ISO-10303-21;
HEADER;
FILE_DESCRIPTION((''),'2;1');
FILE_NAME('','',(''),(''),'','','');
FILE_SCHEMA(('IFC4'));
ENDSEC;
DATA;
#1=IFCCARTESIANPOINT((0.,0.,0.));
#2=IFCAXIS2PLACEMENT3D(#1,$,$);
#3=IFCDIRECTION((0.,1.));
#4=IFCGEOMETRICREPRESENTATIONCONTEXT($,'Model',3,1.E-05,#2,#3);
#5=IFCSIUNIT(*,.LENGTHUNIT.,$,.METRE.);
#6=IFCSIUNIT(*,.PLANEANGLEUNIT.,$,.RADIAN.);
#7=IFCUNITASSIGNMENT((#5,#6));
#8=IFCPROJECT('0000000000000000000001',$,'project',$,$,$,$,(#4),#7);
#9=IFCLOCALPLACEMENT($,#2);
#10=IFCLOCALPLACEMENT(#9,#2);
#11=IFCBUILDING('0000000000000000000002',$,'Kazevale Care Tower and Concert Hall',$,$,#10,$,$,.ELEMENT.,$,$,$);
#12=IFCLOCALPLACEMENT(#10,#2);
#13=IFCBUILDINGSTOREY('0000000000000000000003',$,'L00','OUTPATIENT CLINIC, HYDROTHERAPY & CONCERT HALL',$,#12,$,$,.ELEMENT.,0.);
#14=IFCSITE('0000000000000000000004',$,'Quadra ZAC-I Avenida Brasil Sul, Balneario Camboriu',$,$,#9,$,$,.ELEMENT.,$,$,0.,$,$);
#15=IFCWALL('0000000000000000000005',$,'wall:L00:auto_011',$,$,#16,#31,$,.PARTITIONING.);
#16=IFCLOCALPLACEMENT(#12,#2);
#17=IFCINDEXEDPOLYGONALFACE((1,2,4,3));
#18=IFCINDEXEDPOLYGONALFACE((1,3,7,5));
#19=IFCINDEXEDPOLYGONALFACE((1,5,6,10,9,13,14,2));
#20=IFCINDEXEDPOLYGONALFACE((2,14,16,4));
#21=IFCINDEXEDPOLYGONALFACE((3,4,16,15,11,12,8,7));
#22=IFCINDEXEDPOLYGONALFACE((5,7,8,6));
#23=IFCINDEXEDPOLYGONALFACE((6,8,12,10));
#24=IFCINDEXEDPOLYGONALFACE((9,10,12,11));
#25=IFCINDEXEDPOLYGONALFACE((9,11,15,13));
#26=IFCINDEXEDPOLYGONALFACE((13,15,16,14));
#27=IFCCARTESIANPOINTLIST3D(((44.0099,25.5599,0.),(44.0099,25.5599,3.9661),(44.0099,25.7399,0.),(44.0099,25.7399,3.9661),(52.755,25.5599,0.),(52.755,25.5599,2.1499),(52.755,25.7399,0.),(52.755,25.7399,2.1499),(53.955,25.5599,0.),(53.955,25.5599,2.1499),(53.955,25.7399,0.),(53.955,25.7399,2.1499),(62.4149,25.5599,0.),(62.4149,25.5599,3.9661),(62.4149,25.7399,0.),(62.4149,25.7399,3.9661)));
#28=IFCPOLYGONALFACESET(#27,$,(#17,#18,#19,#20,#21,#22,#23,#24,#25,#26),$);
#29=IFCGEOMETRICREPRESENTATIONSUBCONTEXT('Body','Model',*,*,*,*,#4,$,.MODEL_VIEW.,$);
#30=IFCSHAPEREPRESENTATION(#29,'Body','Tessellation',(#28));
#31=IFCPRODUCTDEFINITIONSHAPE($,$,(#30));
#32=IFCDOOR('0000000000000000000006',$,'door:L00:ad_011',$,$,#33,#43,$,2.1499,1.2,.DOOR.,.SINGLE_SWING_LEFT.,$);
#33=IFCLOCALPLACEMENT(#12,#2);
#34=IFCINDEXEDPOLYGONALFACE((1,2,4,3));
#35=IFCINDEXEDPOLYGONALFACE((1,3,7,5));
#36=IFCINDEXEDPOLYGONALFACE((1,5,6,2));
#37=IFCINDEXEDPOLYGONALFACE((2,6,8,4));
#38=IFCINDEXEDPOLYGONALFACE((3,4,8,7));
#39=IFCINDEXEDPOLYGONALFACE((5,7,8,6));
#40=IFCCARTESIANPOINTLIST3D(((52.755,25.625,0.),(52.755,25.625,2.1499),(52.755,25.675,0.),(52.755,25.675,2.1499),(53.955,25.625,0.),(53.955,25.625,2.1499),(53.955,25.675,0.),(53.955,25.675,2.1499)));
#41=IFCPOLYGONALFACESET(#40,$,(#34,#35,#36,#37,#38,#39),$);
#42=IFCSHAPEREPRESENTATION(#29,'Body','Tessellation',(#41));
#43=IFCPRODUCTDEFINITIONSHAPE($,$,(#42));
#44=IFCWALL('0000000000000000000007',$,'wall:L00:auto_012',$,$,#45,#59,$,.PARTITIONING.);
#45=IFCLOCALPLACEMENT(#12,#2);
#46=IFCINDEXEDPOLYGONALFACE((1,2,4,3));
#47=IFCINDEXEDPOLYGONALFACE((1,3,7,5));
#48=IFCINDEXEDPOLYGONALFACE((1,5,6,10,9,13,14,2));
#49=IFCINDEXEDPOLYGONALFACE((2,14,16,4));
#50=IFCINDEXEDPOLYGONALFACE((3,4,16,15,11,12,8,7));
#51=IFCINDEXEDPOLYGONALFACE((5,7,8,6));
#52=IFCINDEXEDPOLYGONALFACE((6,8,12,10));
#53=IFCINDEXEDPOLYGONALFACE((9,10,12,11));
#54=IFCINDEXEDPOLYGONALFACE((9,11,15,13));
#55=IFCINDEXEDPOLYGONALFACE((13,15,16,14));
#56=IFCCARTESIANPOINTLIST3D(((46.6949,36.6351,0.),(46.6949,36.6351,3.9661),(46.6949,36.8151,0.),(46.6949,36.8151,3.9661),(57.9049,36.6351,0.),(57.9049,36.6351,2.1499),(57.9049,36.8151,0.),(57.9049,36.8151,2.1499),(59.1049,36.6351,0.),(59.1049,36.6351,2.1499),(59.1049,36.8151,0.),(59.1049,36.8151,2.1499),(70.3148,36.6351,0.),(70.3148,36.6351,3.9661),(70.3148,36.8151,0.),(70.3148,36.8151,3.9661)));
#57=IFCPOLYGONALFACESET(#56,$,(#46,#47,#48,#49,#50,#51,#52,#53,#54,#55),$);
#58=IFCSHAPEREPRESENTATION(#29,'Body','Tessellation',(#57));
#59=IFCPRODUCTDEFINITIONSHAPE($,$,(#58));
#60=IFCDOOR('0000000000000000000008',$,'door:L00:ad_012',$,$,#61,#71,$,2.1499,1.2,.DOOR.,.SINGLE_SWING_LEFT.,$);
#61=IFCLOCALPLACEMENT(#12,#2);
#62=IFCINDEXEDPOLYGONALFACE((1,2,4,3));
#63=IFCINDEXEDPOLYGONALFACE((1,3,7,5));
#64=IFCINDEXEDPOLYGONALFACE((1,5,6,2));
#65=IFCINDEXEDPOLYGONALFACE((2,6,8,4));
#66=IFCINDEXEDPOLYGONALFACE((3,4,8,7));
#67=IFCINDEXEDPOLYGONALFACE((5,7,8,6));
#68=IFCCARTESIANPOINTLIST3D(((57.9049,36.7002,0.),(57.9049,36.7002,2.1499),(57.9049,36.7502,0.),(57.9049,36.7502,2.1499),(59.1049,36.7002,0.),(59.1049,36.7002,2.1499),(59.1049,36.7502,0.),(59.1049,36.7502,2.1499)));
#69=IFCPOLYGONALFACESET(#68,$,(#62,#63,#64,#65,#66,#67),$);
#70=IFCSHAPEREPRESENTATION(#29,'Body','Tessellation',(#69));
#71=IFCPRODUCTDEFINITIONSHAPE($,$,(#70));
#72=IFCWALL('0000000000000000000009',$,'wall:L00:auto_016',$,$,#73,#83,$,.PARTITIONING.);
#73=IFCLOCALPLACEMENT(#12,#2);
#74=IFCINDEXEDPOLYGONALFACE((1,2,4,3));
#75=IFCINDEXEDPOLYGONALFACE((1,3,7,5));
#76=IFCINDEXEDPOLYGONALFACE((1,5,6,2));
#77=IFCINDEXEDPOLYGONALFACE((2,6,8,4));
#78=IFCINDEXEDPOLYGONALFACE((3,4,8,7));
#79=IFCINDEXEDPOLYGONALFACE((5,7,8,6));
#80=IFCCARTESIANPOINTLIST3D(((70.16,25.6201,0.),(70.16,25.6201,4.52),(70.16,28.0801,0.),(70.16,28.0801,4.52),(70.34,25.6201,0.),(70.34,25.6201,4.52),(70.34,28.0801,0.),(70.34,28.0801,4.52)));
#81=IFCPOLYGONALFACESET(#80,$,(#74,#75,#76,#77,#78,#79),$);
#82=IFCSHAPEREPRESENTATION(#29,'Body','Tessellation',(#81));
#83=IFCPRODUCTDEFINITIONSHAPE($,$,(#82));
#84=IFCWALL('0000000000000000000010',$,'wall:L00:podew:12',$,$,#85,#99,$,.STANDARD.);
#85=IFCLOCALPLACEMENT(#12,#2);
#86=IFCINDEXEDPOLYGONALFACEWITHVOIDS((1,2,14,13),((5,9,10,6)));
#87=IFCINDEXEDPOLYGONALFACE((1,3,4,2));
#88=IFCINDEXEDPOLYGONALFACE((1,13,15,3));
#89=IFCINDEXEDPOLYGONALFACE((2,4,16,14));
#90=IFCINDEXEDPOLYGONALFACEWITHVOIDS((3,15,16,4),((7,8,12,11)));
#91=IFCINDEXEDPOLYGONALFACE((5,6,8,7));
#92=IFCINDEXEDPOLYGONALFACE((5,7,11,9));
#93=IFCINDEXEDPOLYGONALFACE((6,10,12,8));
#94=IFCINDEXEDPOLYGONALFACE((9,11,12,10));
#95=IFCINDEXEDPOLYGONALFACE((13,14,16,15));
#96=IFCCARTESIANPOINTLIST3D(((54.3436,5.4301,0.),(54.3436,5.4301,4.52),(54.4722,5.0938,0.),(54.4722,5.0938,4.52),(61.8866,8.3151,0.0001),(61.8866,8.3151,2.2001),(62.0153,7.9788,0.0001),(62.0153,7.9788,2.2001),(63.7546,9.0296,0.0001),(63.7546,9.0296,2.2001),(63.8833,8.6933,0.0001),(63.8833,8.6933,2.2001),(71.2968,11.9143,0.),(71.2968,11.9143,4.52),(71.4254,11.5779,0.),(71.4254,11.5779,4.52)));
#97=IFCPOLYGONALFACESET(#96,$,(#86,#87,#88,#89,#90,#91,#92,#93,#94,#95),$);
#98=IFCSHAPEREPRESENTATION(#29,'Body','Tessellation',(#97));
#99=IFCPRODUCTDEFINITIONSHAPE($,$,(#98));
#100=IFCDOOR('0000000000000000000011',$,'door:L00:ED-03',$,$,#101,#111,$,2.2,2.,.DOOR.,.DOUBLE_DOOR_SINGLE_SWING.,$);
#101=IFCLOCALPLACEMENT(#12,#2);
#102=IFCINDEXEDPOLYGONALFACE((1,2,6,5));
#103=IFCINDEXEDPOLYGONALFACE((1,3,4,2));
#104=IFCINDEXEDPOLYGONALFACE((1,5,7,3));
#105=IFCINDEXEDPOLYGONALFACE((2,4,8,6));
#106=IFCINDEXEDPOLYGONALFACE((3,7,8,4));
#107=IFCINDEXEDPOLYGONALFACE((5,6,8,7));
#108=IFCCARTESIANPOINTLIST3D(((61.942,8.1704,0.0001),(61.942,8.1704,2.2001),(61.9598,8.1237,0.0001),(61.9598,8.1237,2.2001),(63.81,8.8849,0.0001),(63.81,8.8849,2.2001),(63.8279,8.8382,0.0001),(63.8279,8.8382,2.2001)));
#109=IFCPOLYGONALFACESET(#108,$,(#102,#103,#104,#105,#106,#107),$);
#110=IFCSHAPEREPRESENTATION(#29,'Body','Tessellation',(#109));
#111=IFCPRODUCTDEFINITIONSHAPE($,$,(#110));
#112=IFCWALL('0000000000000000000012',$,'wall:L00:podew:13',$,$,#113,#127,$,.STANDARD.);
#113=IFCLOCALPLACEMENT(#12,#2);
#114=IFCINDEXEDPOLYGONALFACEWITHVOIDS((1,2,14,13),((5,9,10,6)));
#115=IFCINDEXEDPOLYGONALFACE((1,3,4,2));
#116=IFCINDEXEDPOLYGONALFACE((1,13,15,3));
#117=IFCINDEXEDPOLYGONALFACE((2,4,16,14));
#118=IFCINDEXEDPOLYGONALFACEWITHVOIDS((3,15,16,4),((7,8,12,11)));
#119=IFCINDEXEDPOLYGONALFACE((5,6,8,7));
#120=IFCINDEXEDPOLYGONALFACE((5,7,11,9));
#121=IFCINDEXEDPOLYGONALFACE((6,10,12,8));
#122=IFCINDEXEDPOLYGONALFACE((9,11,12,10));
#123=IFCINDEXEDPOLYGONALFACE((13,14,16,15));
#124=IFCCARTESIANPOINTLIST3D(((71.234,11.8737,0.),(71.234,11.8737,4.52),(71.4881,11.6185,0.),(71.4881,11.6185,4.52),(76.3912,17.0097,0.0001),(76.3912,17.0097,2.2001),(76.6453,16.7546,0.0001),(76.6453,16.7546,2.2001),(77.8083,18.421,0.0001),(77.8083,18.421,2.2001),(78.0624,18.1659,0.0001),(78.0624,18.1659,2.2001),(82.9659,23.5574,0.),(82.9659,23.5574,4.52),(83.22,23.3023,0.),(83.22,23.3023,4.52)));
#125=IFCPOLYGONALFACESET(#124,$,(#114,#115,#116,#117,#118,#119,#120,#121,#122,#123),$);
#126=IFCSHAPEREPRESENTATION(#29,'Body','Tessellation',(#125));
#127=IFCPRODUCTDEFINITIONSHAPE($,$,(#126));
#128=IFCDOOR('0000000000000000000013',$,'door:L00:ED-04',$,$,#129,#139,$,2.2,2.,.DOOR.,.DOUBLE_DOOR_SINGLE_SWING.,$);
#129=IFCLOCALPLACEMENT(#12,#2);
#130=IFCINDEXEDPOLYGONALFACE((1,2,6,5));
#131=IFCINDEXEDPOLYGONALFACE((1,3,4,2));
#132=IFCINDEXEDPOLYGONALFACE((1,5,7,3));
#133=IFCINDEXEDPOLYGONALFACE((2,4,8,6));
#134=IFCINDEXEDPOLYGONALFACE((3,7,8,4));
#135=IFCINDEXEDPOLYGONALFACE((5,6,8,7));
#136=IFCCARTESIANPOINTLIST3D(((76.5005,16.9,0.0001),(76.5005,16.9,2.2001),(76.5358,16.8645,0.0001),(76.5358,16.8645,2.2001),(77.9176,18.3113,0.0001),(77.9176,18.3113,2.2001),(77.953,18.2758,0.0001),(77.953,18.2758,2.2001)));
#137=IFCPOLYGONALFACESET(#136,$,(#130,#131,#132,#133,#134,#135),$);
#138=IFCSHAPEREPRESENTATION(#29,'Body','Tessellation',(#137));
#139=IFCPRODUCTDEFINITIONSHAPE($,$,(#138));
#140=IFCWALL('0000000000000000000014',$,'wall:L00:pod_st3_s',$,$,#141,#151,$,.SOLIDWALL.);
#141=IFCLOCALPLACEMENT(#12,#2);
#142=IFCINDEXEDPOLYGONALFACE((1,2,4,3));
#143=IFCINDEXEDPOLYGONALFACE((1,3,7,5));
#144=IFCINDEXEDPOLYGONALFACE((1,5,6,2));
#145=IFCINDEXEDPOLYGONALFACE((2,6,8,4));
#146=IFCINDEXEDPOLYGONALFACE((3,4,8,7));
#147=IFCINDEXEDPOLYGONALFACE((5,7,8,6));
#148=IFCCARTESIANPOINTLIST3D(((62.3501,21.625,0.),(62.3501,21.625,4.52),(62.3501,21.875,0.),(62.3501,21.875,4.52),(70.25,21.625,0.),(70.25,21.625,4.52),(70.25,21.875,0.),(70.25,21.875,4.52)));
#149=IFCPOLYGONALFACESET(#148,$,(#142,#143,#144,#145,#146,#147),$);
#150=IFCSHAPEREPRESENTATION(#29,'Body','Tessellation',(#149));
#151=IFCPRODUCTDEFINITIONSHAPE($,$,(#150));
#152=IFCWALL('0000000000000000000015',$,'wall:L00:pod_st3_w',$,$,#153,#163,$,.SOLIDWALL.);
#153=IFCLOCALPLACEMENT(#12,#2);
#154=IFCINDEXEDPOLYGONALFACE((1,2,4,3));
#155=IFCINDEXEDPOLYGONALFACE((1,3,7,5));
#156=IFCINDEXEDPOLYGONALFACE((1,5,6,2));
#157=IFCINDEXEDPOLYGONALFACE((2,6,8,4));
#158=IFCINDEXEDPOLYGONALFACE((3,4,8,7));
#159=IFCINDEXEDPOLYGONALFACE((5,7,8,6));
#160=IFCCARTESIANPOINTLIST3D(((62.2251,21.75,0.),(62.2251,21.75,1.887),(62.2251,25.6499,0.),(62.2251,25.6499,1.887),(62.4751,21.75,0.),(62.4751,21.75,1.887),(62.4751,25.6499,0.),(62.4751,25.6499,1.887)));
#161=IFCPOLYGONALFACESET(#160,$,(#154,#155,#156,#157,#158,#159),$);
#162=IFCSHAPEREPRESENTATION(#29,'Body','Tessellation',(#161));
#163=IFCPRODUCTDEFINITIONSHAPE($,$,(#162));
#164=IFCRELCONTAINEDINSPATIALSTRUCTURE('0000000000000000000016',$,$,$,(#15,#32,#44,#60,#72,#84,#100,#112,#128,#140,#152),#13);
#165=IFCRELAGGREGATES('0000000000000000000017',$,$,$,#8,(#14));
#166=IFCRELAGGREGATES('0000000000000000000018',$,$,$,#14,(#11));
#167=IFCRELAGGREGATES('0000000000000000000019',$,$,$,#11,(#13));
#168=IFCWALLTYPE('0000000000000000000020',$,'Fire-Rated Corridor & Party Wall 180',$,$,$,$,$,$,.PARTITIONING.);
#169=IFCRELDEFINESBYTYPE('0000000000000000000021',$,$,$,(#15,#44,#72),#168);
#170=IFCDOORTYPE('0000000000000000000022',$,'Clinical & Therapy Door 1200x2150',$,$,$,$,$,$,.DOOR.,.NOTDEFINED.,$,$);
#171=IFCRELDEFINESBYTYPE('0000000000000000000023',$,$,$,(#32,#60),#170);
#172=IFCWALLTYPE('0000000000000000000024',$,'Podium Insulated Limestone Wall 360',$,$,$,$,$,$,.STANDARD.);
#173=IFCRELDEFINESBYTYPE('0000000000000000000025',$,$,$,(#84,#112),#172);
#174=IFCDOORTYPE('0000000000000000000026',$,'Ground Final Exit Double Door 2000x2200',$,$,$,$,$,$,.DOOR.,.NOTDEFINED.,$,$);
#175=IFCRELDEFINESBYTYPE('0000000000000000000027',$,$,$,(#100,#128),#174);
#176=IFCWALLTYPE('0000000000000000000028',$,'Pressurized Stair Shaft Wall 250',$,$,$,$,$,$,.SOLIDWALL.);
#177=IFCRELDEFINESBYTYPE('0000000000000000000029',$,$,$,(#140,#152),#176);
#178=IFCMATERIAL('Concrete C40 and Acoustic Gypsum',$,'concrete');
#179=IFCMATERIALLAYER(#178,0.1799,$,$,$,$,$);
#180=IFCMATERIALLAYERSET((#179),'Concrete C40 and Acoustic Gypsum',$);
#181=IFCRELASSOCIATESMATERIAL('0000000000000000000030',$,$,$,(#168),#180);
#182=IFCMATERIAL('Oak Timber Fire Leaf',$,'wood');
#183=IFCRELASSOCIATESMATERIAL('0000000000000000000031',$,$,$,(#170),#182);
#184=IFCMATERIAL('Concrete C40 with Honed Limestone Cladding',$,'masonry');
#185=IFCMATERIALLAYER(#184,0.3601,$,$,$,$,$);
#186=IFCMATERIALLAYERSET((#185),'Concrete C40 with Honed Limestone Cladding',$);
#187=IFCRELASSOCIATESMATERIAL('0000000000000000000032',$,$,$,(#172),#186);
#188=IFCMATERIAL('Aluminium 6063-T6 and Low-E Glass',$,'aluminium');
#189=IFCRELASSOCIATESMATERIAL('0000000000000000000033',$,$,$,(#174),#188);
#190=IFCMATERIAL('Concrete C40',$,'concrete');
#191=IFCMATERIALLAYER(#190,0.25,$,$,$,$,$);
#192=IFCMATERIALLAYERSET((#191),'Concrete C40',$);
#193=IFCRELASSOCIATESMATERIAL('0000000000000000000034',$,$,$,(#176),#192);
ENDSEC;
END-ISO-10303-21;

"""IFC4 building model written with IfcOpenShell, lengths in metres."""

from ifc_helpers import new_model, si_unit, direction, frame, frame_2d, origin, place, context, subcontext, project, spatial, rectangle, extrude, material, layer, layer_set, type_object, element, fill, save


model = new_model("IFC4")

# Units and contexts
model_context = context("Model", 3, precision=1e-05, world=origin(), true_north=direction((0.0, 1.0)))
body_context = subcontext(model_context, "Body", "Model", "MODEL_VIEW")
ifc_project = project(units=[si_unit("LENGTHUNIT", "METRE"), si_unit("PLANEANGLEUNIT", "RADIAN")], contexts=[model_context])

# Site, building, storey
site_placement = place(None, origin())
site = spatial("IfcSite", under=ifc_project, at=site_placement, Name="Quadra ZAC-I Avenida Brasil Sul, Balneario Camboriu", CompositionType="ELEMENT", RefElevation=0.0)
building_placement = place(site_placement, origin())
building = spatial("IfcBuilding", under=site, at=building_placement, Name="Kazevale Care Tower and Concert Hall", CompositionType="ELEMENT")
storey_placement = place(building_placement, origin())
storey = spatial("IfcBuildingStorey", under=building, at=storey_placement, Name="L00", Description="OUTPATIENT CLINIC, HYDROTHERAPY & CONCERT HALL", CompositionType="ELEMENT", Elevation=0.0)

# Walls, openings, doors
ifc_material_1 = material(Name="Concrete C40 and Acoustic Gypsum", Category="concrete")
ifc_layer_1 = layer(ifc_material_1, 0.1799)
ifc_layer_set_1 = layer_set([ifc_layer_1], Name="Concrete C40 and Acoustic Gypsum")
wall_type_1 = type_object("IfcWallType", Name="Fire-Rated Corridor & Party Wall 180", PredefinedType="PARTITIONING", material=ifc_layer_set_1)
wall_1_placement = place(storey_placement, frame((62.415, 25.6499, 0.0), z_axis=(0.0, 0.0, 1.0), x_axis=(-1.0, 0.0, 0.0)))
wall_1 = element("IfcWall", 1, at=wall_1_placement, inside=storey, type_object=wall_type_1, Name="wall:L00:auto_011", PredefinedType="PARTITIONING", context=body_context, shape_type="SweptSolid", body=[
    extrude(rectangle(XDim=18.405, YDim=0.1799, at=frame_2d((9.2026, 0.0))), origin(), (0.0, 0.0, 1.0), 3.9661),
])
opening_1_placement = place(wall_1_placement, frame((8.46, 0.0, 0.0)))
opening_1 = element("IfcOpeningElement", 2, at=opening_1_placement, cuts=wall_1, PredefinedType="OPENING", context=body_context, shape_type="SweptSolid", body=[
    extrude(rectangle(XDim=1.2, YDim=2.1499, at=frame_2d((0.6001, 1.075))), frame((0.0, 0.0999, 0.0), z_axis=(0.0, -1.0, 0.0), x_axis=(1.0, 0.0, 0.0)), (0.0, 0.0, 1.0), 0.2),
])
ifc_material_2 = material(Name="Oak Timber Fire Leaf", Category="wood")
door_type_1 = type_object("IfcDoorType", Name="Clinical & Therapy Door 1200x2150", OperationType="NOTDEFINED", PredefinedType="DOOR", material=ifc_material_2)
door_1_placement = place(opening_1_placement, origin())
door_1 = element("IfcDoor", 3, at=door_1_placement, inside=storey, type_object=door_type_1, Name="door:L00:ad_011", OperationType="SINGLE_SWING_LEFT", OverallHeight=2.1499, OverallWidth=1.2, PredefinedType="DOOR", context=body_context, shape_type="SweptSolid", body=[
    extrude(rectangle(XDim=1.2, YDim=2.1499, at=frame_2d((0.6001, 1.075))), frame((0.0, 0.0249, 0.0), z_axis=(0.0, -1.0, 0.0), x_axis=(1.0, 0.0, 0.0)), (0.0, 0.0, 1.0), 0.05),
])
fill(opening_1, door_1)
wall_2_placement = place(storey_placement, frame((70.3149, 36.7251, 0.0), z_axis=(0.0, 0.0, 1.0), x_axis=(-1.0, 0.0, 0.0)))
wall_2 = element("IfcWall", 4, at=wall_2_placement, inside=storey, type_object=wall_type_1, Name="wall:L00:auto_012", PredefinedType="PARTITIONING", context=body_context, shape_type="SweptSolid", body=[
    extrude(rectangle(XDim=23.6199, YDim=0.1799, at=frame_2d((11.8101, 0.0))), origin(), (0.0, 0.0, 1.0), 3.9661),
])
opening_2_placement = place(wall_2_placement, frame((11.21, 0.0, 0.0)))
opening_2 = element("IfcOpeningElement", 5, at=opening_2_placement, cuts=wall_2, PredefinedType="OPENING", context=body_context, shape_type="SweptSolid", body=[
    extrude(rectangle(XDim=1.2, YDim=2.1499, at=frame_2d((0.6001, 1.075))), frame((0.0, 0.0999, 0.0), z_axis=(0.0, -1.0, 0.0), x_axis=(1.0, 0.0, 0.0)), (0.0, 0.0, 1.0), 0.2),
])
door_2_placement = place(opening_2_placement, origin())
door_2 = element("IfcDoor", 6, at=door_2_placement, inside=storey, type_object=door_type_1, Name="door:L00:ad_012", OperationType="SINGLE_SWING_LEFT", OverallHeight=2.1499, OverallWidth=1.2, PredefinedType="DOOR", context=body_context, shape_type="SweptSolid", body=[
    extrude(rectangle(XDim=1.2, YDim=2.1499, at=frame_2d((0.6001, 1.075))), frame((0.0, 0.0249, 0.0), z_axis=(0.0, -1.0, 0.0), x_axis=(1.0, 0.0, 0.0)), (0.0, 0.0, 1.0), 0.05),
])
fill(opening_2, door_2)

# Wall
wall_3_placement = place(storey_placement, frame((70.25, 28.0801, 0.0), z_axis=(0.0, 0.0, 1.0), x_axis=(0.0, -1.0, 0.0)))
element("IfcWall", 7, at=wall_3_placement, inside=storey, type_object=wall_type_1, Name="wall:L00:auto_016", PredefinedType="PARTITIONING", context=body_context, shape_type="SweptSolid", body=[
    extrude(rectangle(XDim=2.46, YDim=0.1799, at=frame_2d((1.23, 0.0))), origin(), (0.0, 0.0, 1.0), 4.52),
])

# Walls, openings, doors
ifc_material_3 = material(Name="Concrete C40 with Honed Limestone Cladding", Category="masonry")
ifc_layer_2 = layer(ifc_material_3, 0.3601)
ifc_layer_set_2 = layer_set([ifc_layer_2], Name="Concrete C40 with Honed Limestone Cladding")
wall_type_2 = type_object("IfcWallType", Name="Podium Insulated Limestone Wall 360", PredefinedType="STANDARD", material=ifc_layer_set_2)
wall_4_placement = place(storey_placement, frame((71.3611, 11.7461, 0.0), z_axis=(0.0, 0.0, 1.0), x_axis=(-0.934014, -0.357236, 0.0)))
wall_4 = element("IfcWall", 8, at=wall_4_placement, inside=storey, type_object=wall_type_2, Name="wall:L00:podew:12", PredefinedType="STANDARD", context=body_context, shape_type="SweptSolid", body=[
    extrude(rectangle(XDim=18.1509, YDim=0.3601, at=frame_2d((9.0754, 0.0))), origin(), (0.0, 0.0, 1.0), 4.52),
])
opening_3_placement = place(wall_4_placement, frame((8.075, 0.0, 0.0)))
opening_3 = element("IfcOpeningElement", 9, at=opening_3_placement, cuts=wall_4, PredefinedType="OPENING", context=body_context, shape_type="SweptSolid", body=[
    extrude(rectangle(XDim=2.0, YDim=2.2, at=frame_2d((1.0, 1.1001))), frame((0.0, 0.1899, 0.0), z_axis=(0.0, -1.0, 0.0), x_axis=(1.0, 0.0, 0.0)), (0.0, 0.0, 1.0), 0.3801),
])
ifc_material_4 = material(Name="Aluminium 6063-T6 and Low-E Glass", Category="aluminium")
door_type_2 = type_object("IfcDoorType", Name="Ground Final Exit Double Door 2000x2200", OperationType="NOTDEFINED", PredefinedType="DOOR", material=ifc_material_4)
door_3_placement = place(opening_3_placement, origin())
door_3 = element("IfcDoor", 10, at=door_3_placement, inside=storey, type_object=door_type_2, Name="door:L00:ED-03", OperationType="DOUBLE_DOOR_SINGLE_SWING", OverallHeight=2.2, OverallWidth=2.0, PredefinedType="DOOR", context=body_context, shape_type="SweptSolid", body=[
    extrude(rectangle(XDim=2.0, YDim=2.2, at=frame_2d((1.0, 1.1001))), frame((0.0, 0.0249, 0.0), z_axis=(0.0, -1.0, 0.0), x_axis=(1.0, 0.0, 0.0)), (0.0, 0.0, 1.0), 0.05),
])
fill(opening_3, door_3)
wall_5_placement = place(storey_placement, frame((83.093, 23.4299, 0.0), z_axis=(0.0, 0.0, 1.0), x_axis=(-0.708558, -0.705653, 0.0)))
wall_5 = element("IfcWall", 11, at=wall_5_placement, inside=storey, type_object=wall_type_2, Name="wall:L00:podew:13", PredefinedType="STANDARD", context=body_context, shape_type="SweptSolid", body=[
    extrude(rectangle(XDim=16.5574, YDim=0.3601, at=frame_2d((8.2788, 0.0))), origin(), (0.0, 0.0, 1.0), 4.52),
])
opening_4_placement = place(wall_5_placement, frame((7.2791, 0.0, 0.0)))
opening_4 = element("IfcOpeningElement", 12, at=opening_4_placement, cuts=wall_5, PredefinedType="OPENING", context=body_context, shape_type="SweptSolid", body=[
    extrude(rectangle(XDim=2.0, YDim=2.2, at=frame_2d((1.0, 1.1001))), frame((0.0, 0.1899, 0.0), z_axis=(0.0, -1.0, 0.0), x_axis=(1.0, 0.0, 0.0)), (0.0, 0.0, 1.0), 0.3801),
])
door_4_placement = place(opening_4_placement, origin())
door_4 = element("IfcDoor", 13, at=door_4_placement, inside=storey, type_object=door_type_2, Name="door:L00:ED-04", OperationType="DOUBLE_DOOR_SINGLE_SWING", OverallHeight=2.2, OverallWidth=2.0, PredefinedType="DOOR", context=body_context, shape_type="SweptSolid", body=[
    extrude(rectangle(XDim=2.0, YDim=2.2, at=frame_2d((1.0, 1.1001))), frame((0.0, 0.0249, 0.0), z_axis=(0.0, -1.0, 0.0), x_axis=(1.0, 0.0, 0.0)), (0.0, 0.0, 1.0), 0.05),
])
fill(opening_4, door_4)

# Walls
ifc_material_5 = material(Name="Concrete C40", Category="concrete")
ifc_layer_3 = layer(ifc_material_5, 0.25)
ifc_layer_set_3 = layer_set([ifc_layer_3], Name="Concrete C40")
wall_type_3 = type_object("IfcWallType", Name="Pressurized Stair Shaft Wall 250", PredefinedType="SOLIDWALL", material=ifc_layer_set_3)
wall_6_placement = place(storey_placement, frame((62.3501, 21.75, 0.0), z_axis=(0.0, 0.0, 1.0), x_axis=(1.0, 0.0, 0.0)))
element("IfcWall", 14, at=wall_6_placement, inside=storey, type_object=wall_type_3, Name="wall:L00:pod_st3_s", PredefinedType="SOLIDWALL", context=body_context, shape_type="SweptSolid", body=[
    extrude(rectangle(XDim=7.8999, YDim=0.25, at=frame_2d((3.95, 0.0))), origin(), (0.0, 0.0, 1.0), 4.52),
])
wall_7_placement = place(storey_placement, frame((62.3501, 21.75, 0.0), z_axis=(0.0, 0.0, 1.0), x_axis=(0.0, 1.0, 0.0)))
element("IfcWall", 15, at=wall_7_placement, inside=storey, type_object=wall_type_3, Name="wall:L00:pod_st3_w", PredefinedType="SOLIDWALL", context=body_context, shape_type="SweptSolid", body=[
    extrude(rectangle(XDim=3.8999, YDim=0.25, at=frame_2d((1.95, 0.0))), origin(), (0.0, 0.0, 1.0), 1.887),
])

save(model, "model.ifc")
